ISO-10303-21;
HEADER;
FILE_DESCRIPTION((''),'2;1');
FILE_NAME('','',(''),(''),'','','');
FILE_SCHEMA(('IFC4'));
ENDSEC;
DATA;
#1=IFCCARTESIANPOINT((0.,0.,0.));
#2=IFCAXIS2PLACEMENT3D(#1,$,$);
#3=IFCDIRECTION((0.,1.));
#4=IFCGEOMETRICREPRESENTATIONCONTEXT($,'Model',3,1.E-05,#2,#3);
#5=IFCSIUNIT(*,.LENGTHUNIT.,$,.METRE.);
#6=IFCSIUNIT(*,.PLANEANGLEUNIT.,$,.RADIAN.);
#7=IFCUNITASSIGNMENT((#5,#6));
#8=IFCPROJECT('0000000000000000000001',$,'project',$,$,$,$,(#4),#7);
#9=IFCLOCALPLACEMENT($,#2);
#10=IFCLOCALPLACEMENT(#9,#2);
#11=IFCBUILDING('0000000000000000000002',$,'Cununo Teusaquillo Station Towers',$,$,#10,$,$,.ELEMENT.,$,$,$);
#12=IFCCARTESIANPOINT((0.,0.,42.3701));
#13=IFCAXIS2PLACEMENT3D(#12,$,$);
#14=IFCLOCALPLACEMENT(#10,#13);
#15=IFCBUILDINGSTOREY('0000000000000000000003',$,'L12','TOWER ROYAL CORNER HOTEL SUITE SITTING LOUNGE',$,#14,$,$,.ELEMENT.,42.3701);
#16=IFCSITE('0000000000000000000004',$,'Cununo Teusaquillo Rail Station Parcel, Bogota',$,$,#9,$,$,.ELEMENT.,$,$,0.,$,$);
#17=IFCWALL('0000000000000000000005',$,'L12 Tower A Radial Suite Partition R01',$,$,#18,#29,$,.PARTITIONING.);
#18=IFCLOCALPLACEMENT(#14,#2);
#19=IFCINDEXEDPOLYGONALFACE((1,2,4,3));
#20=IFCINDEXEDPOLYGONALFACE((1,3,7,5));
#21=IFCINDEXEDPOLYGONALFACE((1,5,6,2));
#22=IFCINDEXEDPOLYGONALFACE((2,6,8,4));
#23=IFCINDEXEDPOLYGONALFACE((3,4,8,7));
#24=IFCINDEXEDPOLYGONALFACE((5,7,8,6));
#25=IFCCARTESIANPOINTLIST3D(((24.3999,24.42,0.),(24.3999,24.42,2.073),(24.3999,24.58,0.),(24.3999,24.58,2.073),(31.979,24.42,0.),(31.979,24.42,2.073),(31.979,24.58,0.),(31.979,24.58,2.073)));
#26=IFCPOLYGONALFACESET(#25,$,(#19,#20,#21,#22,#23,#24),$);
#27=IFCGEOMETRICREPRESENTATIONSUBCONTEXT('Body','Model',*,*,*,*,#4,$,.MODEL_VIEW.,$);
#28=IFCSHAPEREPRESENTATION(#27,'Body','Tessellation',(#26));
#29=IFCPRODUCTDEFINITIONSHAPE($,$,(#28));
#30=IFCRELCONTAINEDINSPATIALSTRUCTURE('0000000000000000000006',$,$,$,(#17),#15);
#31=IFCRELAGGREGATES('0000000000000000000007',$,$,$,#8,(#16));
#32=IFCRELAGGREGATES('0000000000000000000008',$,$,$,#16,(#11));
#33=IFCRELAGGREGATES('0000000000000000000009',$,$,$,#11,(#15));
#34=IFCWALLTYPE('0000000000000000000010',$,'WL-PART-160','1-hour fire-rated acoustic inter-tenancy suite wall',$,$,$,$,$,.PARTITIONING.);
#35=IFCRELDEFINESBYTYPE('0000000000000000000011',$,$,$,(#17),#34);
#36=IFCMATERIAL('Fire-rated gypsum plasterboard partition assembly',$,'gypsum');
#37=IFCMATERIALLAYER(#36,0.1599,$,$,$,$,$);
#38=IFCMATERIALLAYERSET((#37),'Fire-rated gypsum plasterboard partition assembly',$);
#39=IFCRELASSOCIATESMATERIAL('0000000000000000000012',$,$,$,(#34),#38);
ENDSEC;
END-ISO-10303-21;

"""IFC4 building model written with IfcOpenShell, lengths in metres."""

from ifc_helpers import new_model, si_unit, direction, frame, frame_2d, origin, place, context, subcontext, project, spatial, rectangle, extrude, material, layer, layer_set, type_object, element, save


model = new_model("IFC4")

# Units and contexts
model_context = context("Model", 3, precision=1e-05, world=origin(), true_north=direction((0.0, 1.0)))
body_context = subcontext(model_context, "Body", "Model", "MODEL_VIEW")
ifc_project = project(units=[si_unit("LENGTHUNIT", "METRE"), si_unit("PLANEANGLEUNIT", "RADIAN")], contexts=[model_context])

# Site, building, storey
site_placement = place(None, origin())
site = spatial("IfcSite", under=ifc_project, at=site_placement, Name="Cununo Teusaquillo Rail Station Parcel, Bogota", CompositionType="ELEMENT", RefElevation=0.0)
building_placement = place(site_placement, origin())
building = spatial("IfcBuilding", under=site, at=building_placement, Name="Cununo Teusaquillo Station Towers", CompositionType="ELEMENT")
storey_placement = place(building_placement, frame((0.0, 0.0, 42.3701)))
storey = spatial("IfcBuildingStorey", under=building, at=storey_placement, Name="L12", Description="TOWER ROYAL CORNER HOTEL SUITE SITTING LOUNGE", CompositionType="ELEMENT", Elevation=42.3701)

# Wall
ifc_material_1 = material(Name="Fire-rated gypsum plasterboard partition assembly", Category="gypsum")
ifc_layer_1 = layer(ifc_material_1, 0.1599)
ifc_layer_set_1 = layer_set([ifc_layer_1], Name="Fire-rated gypsum plasterboard partition assembly")
wall_type_1 = type_object("IfcWallType", Name="WL-PART-160", Description="1-hour fire-rated acoustic inter-tenancy suite wall", PredefinedType="PARTITIONING", material=ifc_layer_set_1)
wall_1_placement = place(storey_placement, frame((24.3999, 24.5, 0.0), z_axis=(0.0, 0.0, 1.0), x_axis=(1.0, 0.0, 0.0)))
element("IfcWall", 1, at=wall_1_placement, inside=storey, type_object=wall_type_1, Name="L12 Tower A Radial Suite Partition R01", PredefinedType="PARTITIONING", context=body_context, shape_type="SweptSolid", body=[
    extrude(rectangle(XDim=7.5791, YDim=0.1599, at=frame_2d((3.7896, 0.0))), origin(), (0.0, 0.0, 1.0), 2.073),
])

save(model, "model.ifc")
